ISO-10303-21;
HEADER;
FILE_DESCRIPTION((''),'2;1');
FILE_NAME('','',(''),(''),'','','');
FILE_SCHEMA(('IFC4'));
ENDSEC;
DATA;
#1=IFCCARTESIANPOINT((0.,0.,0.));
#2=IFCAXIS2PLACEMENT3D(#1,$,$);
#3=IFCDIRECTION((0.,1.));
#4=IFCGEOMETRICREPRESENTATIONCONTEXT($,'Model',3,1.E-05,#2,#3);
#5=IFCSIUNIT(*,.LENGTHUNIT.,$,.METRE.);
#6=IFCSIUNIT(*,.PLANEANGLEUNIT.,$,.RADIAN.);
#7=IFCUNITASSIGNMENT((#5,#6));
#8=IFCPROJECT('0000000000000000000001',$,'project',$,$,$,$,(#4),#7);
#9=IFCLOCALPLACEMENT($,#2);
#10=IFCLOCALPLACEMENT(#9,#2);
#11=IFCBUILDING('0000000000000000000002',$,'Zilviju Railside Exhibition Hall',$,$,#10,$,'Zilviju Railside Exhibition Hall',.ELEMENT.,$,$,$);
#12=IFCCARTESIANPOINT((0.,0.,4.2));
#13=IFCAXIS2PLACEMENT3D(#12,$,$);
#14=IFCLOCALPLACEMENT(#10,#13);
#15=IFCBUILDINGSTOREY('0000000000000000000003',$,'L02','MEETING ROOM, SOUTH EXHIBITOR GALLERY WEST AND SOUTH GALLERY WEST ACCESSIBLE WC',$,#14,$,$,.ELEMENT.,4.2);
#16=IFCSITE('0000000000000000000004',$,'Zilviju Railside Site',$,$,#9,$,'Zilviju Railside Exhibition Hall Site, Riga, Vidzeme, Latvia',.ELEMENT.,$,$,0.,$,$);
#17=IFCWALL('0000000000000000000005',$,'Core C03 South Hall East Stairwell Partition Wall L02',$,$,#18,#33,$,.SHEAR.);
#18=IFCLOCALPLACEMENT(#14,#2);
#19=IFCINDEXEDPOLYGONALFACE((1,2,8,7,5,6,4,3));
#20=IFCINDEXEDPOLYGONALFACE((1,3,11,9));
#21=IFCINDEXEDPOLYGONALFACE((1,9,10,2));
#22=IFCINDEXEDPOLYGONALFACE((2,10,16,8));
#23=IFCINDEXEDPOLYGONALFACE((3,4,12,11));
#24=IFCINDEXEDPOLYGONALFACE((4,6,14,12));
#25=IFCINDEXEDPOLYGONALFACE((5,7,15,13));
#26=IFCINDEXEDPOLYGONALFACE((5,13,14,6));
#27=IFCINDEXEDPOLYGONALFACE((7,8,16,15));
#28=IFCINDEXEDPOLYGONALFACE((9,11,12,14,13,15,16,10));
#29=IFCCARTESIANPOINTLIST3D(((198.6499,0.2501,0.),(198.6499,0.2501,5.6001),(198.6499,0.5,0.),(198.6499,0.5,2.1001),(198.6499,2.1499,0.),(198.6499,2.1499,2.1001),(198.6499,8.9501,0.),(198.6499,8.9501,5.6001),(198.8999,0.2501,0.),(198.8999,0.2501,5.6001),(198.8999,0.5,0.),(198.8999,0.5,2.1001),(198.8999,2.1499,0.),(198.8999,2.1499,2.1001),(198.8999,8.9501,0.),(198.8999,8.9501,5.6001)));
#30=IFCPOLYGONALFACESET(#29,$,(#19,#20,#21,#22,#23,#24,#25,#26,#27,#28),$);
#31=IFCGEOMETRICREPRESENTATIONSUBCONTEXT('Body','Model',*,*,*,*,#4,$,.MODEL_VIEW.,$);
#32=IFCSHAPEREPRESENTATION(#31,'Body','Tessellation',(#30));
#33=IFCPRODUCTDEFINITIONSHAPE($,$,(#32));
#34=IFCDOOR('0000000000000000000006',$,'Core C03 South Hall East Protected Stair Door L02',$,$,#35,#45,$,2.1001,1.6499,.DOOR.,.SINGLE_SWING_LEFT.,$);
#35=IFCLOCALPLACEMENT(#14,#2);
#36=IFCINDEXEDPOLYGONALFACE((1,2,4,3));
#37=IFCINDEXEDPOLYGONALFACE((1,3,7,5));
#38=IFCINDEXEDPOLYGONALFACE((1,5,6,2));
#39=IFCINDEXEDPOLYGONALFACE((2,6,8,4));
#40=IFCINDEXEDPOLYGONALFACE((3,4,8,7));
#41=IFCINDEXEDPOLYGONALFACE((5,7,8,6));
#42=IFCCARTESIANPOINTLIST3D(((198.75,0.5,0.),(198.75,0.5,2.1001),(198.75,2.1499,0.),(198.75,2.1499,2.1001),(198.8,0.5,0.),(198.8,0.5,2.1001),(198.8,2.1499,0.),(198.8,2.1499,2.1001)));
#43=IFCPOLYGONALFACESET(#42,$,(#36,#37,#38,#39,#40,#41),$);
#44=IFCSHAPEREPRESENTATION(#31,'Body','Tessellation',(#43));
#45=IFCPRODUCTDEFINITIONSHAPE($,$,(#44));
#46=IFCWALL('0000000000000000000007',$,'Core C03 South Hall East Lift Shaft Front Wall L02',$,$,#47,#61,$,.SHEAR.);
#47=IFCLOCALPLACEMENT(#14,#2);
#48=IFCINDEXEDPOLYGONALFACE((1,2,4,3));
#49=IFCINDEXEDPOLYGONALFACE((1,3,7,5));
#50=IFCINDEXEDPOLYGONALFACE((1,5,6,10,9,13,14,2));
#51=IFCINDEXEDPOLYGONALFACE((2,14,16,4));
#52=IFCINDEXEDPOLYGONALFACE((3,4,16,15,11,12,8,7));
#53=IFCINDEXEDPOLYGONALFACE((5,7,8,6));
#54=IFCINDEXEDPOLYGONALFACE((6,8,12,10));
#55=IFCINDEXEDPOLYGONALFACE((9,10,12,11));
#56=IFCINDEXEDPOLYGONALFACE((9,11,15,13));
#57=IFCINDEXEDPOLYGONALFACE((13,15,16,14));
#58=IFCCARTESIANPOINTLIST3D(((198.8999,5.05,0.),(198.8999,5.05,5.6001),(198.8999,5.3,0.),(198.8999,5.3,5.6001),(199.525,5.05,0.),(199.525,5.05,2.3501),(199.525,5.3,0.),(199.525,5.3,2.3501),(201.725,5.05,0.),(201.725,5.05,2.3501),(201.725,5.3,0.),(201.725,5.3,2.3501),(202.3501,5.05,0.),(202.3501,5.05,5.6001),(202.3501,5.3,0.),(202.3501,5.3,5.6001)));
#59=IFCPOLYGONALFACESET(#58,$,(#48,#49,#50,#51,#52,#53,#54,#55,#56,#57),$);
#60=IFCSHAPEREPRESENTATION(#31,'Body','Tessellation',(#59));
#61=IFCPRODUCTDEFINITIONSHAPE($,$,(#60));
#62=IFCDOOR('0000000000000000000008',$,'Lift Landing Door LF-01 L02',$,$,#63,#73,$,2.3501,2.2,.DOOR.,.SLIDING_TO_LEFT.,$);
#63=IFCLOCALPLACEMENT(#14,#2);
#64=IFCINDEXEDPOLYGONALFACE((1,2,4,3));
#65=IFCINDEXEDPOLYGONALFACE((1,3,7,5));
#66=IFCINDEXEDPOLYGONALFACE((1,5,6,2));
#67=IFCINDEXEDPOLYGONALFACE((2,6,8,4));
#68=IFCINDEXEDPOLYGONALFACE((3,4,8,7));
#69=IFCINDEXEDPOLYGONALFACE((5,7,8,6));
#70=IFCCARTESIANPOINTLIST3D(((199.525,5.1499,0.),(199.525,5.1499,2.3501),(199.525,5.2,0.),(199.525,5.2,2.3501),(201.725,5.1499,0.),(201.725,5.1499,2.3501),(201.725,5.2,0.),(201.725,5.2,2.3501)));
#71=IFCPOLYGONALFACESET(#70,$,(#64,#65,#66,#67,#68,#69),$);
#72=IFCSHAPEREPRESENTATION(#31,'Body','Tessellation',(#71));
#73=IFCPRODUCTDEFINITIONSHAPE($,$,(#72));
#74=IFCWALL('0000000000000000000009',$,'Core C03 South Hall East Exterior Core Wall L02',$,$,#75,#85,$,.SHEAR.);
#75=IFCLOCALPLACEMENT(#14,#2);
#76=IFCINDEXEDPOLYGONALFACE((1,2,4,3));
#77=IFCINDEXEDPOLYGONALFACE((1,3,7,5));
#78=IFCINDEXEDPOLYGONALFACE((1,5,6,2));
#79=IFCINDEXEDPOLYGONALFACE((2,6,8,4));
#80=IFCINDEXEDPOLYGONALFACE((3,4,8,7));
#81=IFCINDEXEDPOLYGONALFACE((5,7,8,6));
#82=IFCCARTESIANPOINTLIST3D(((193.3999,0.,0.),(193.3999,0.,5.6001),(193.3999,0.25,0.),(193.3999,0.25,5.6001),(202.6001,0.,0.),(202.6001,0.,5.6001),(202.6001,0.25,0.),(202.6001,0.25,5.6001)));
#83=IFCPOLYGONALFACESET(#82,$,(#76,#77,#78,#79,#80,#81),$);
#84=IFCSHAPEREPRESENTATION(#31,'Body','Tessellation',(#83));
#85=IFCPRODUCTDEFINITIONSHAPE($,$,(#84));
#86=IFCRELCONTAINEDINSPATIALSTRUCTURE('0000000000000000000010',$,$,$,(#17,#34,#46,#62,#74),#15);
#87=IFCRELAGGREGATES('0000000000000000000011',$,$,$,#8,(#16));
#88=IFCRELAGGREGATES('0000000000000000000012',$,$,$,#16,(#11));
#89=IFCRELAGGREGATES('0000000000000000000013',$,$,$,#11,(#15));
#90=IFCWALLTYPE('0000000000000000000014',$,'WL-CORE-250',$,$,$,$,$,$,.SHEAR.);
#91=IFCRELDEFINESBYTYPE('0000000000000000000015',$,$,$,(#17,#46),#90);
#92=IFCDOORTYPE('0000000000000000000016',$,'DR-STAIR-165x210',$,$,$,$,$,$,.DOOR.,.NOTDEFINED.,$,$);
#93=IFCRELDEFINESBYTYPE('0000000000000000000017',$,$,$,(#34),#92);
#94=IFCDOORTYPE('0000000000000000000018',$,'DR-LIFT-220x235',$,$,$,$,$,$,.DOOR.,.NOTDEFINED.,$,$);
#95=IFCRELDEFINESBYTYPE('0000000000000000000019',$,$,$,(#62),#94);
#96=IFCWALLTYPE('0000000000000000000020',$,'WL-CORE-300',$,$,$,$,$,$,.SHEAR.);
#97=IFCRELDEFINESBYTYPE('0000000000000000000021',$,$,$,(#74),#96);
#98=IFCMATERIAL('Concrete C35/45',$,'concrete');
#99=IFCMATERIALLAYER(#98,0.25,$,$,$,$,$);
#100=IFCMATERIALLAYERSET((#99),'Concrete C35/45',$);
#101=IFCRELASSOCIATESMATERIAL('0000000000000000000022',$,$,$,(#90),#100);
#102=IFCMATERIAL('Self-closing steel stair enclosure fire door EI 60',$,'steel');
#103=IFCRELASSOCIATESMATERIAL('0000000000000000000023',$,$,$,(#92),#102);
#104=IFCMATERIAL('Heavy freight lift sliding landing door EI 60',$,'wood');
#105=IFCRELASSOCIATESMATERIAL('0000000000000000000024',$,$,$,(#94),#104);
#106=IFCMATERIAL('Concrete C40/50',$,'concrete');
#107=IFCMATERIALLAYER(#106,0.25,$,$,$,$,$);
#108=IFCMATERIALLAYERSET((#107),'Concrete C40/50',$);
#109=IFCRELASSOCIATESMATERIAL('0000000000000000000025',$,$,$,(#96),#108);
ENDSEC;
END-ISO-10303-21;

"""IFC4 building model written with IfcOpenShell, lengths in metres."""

from ifc_helpers import new_model, si_unit, direction, frame, frame_2d, origin, place, context, subcontext, project, spatial, rectangle, extrude, material, layer, layer_set, type_object, element, fill, save


model = new_model("IFC4")

# Units and contexts
model_context = context("Model", 3, precision=1e-05, world=origin(), true_north=direction((0.0, 1.0)))
body_context = subcontext(model_context, "Body", "Model", "MODEL_VIEW")
ifc_project = project(units=[si_unit("LENGTHUNIT", "METRE"), si_unit("PLANEANGLEUNIT", "RADIAN")], contexts=[model_context])

# Site, building, storey
site_placement = place(None, origin())
site = spatial("IfcSite", under=ifc_project, at=site_placement, Name="Zilviju Railside Site", LongName="Zilviju Railside Exhibition Hall Site, Riga, Vidzeme, Latvia", CompositionType="ELEMENT", RefElevation=0.0)
building_placement = place(site_placement, origin())
building = spatial("IfcBuilding", under=site, at=building_placement, Name="Zilviju Railside Exhibition Hall", LongName="Zilviju Railside Exhibition Hall", CompositionType="ELEMENT")
storey_placement = place(building_placement, frame((0.0, 0.0, 4.2)))
storey = spatial("IfcBuildingStorey", under=building, at=storey_placement, Name="L02", Description="MEETING ROOM, SOUTH EXHIBITOR GALLERY WEST AND SOUTH GALLERY WEST ACCESSIBLE WC", CompositionType="ELEMENT", Elevation=4.2)

# Shared definitions
ifc_material_1 = material(Name="Concrete C35/45", Category="concrete")
ifc_layer_1 = layer(ifc_material_1, 0.25)
ifc_layer_set_1 = layer_set([ifc_layer_1], Name="Concrete C35/45")
wall_type_1 = type_object("IfcWallType", Name="WL-CORE-250", PredefinedType="SHEAR", material=ifc_layer_set_1)

# Walls, openings, doors
wall_1_placement = place(storey_placement, frame((198.7749, 0.25, 0.0), z_axis=(0.0, 0.0, 1.0), x_axis=(0.0, 1.0, 0.0)))
wall_1 = element("IfcWall", 1, at=wall_1_placement, inside=storey, type_object=wall_type_1, Name="Core C03 South Hall East Stairwell Partition Wall L02", PredefinedType="SHEAR", context=body_context, shape_type="SweptSolid", body=[
    extrude(rectangle(XDim=8.7, YDim=0.25, at=frame_2d((4.3501, 0.0))), origin(), (0.0, 0.0, 1.0), 5.6001),
])
opening_1_placement = place(wall_1_placement, frame((0.25, 0.0, 0.0)))
opening_1 = element("IfcOpeningElement", 2, at=opening_1_placement, cuts=wall_1, PredefinedType="OPENING", context=body_context, shape_type="SweptSolid", body=[
    extrude(rectangle(XDim=1.6499, YDim=2.1001, at=frame_2d((0.825, 1.05))), frame((0.0, 0.135, 0.0), z_axis=(0.0, -1.0, 0.0), x_axis=(1.0, 0.0, 0.0)), (0.0, 0.0, 1.0), 0.27),
])
ifc_material_2 = material(Name="Self-closing steel stair enclosure fire door EI 60", Category="steel")
door_type_1 = type_object("IfcDoorType", Name="DR-STAIR-165x210", OperationType="NOTDEFINED", PredefinedType="DOOR", material=ifc_material_2)
door_1_placement = place(opening_1_placement, origin())
door_1 = element("IfcDoor", 3, at=door_1_placement, inside=storey, type_object=door_type_1, Name="Core C03 South Hall East Protected Stair Door L02", OperationType="SINGLE_SWING_LEFT", OverallHeight=2.1001, OverallWidth=1.6499, PredefinedType="DOOR", context=body_context, shape_type="SweptSolid", body=[
    extrude(rectangle(XDim=1.6499, YDim=2.1001, at=frame_2d((0.825, 1.05))), frame((0.0, 0.0249, 0.0), z_axis=(0.0, -1.0, 0.0), x_axis=(1.0, 0.0, 0.0)), (0.0, 0.0, 1.0), 0.05),
])
fill(opening_1, door_1)
wall_2_placement = place(storey_placement, frame((198.8999, 5.175, 0.0), z_axis=(0.0, 0.0, 1.0), x_axis=(1.0, 0.0, 0.0)))
wall_2 = element("IfcWall", 4, at=wall_2_placement, inside=storey, type_object=wall_type_1, Name="Core C03 South Hall East Lift Shaft Front Wall L02", PredefinedType="SHEAR", context=body_context, shape_type="SweptSolid", body=[
    extrude(rectangle(XDim=3.4502, YDim=0.25, at=frame_2d((1.7251, 0.0))), origin(), (0.0, 0.0, 1.0), 5.6001),
])
opening_2_placement = place(wall_2_placement, frame((0.625, 0.0, 0.0)))
opening_2 = element("IfcOpeningElement", 5, at=opening_2_placement, cuts=wall_2, PredefinedType="OPENING", context=body_context, shape_type="SweptSolid", body=[
    extrude(rectangle(XDim=2.2, YDim=2.3501, at=frame_2d((1.1001, 1.175))), frame((0.0, 0.135, 0.0), z_axis=(0.0, -1.0, 0.0), x_axis=(1.0, 0.0, 0.0)), (0.0, 0.0, 1.0), 0.27),
])
ifc_material_3 = material(Name="Heavy freight lift sliding landing door EI 60", Category="wood")
door_type_2 = type_object("IfcDoorType", Name="DR-LIFT-220x235", OperationType="NOTDEFINED", PredefinedType="DOOR", material=ifc_material_3)
door_2_placement = place(opening_2_placement, origin())
door_2 = element("IfcDoor", 6, at=door_2_placement, inside=storey, type_object=door_type_2, Name="Lift Landing Door LF-01 L02", OperationType="SLIDING_TO_LEFT", OverallHeight=2.3501, OverallWidth=2.2, PredefinedType="DOOR", context=body_context, shape_type="SweptSolid", body=[
    extrude(rectangle(XDim=2.2, YDim=2.3501, at=frame_2d((1.1001, 1.175))), frame((0.0, 0.0249, 0.0), z_axis=(0.0, -1.0, 0.0), x_axis=(1.0, 0.0, 0.0)), (0.0, 0.0, 1.0), 0.05),
])
fill(opening_2, door_2)

# Wall
ifc_material_4 = material(Name="Concrete C40/50", Category="concrete")
ifc_layer_2 = layer(ifc_material_4, 0.25)
ifc_layer_set_2 = layer_set([ifc_layer_2], Name="Concrete C40/50")
wall_type_2 = type_object("IfcWallType", Name="WL-CORE-300", PredefinedType="SHEAR", material=ifc_layer_set_2)
wall_3_placement = place(storey_placement, frame((202.6001, 0.125, 0.0), z_axis=(0.0, 0.0, 1.0), x_axis=(-1.0, 0.0, 0.0)))
element("IfcWall", 7, at=wall_3_placement, inside=storey, type_object=wall_type_2, Name="Core C03 South Hall East Exterior Core Wall L02", PredefinedType="SHEAR", context=body_context, shape_type="SweptSolid", body=[
    extrude(rectangle(XDim=9.2002, YDim=0.25, at=frame_2d((4.6001, 0.0))), origin(), (0.0, 0.0, 1.0), 5.6001),
])

save(model, "model.ifc")
